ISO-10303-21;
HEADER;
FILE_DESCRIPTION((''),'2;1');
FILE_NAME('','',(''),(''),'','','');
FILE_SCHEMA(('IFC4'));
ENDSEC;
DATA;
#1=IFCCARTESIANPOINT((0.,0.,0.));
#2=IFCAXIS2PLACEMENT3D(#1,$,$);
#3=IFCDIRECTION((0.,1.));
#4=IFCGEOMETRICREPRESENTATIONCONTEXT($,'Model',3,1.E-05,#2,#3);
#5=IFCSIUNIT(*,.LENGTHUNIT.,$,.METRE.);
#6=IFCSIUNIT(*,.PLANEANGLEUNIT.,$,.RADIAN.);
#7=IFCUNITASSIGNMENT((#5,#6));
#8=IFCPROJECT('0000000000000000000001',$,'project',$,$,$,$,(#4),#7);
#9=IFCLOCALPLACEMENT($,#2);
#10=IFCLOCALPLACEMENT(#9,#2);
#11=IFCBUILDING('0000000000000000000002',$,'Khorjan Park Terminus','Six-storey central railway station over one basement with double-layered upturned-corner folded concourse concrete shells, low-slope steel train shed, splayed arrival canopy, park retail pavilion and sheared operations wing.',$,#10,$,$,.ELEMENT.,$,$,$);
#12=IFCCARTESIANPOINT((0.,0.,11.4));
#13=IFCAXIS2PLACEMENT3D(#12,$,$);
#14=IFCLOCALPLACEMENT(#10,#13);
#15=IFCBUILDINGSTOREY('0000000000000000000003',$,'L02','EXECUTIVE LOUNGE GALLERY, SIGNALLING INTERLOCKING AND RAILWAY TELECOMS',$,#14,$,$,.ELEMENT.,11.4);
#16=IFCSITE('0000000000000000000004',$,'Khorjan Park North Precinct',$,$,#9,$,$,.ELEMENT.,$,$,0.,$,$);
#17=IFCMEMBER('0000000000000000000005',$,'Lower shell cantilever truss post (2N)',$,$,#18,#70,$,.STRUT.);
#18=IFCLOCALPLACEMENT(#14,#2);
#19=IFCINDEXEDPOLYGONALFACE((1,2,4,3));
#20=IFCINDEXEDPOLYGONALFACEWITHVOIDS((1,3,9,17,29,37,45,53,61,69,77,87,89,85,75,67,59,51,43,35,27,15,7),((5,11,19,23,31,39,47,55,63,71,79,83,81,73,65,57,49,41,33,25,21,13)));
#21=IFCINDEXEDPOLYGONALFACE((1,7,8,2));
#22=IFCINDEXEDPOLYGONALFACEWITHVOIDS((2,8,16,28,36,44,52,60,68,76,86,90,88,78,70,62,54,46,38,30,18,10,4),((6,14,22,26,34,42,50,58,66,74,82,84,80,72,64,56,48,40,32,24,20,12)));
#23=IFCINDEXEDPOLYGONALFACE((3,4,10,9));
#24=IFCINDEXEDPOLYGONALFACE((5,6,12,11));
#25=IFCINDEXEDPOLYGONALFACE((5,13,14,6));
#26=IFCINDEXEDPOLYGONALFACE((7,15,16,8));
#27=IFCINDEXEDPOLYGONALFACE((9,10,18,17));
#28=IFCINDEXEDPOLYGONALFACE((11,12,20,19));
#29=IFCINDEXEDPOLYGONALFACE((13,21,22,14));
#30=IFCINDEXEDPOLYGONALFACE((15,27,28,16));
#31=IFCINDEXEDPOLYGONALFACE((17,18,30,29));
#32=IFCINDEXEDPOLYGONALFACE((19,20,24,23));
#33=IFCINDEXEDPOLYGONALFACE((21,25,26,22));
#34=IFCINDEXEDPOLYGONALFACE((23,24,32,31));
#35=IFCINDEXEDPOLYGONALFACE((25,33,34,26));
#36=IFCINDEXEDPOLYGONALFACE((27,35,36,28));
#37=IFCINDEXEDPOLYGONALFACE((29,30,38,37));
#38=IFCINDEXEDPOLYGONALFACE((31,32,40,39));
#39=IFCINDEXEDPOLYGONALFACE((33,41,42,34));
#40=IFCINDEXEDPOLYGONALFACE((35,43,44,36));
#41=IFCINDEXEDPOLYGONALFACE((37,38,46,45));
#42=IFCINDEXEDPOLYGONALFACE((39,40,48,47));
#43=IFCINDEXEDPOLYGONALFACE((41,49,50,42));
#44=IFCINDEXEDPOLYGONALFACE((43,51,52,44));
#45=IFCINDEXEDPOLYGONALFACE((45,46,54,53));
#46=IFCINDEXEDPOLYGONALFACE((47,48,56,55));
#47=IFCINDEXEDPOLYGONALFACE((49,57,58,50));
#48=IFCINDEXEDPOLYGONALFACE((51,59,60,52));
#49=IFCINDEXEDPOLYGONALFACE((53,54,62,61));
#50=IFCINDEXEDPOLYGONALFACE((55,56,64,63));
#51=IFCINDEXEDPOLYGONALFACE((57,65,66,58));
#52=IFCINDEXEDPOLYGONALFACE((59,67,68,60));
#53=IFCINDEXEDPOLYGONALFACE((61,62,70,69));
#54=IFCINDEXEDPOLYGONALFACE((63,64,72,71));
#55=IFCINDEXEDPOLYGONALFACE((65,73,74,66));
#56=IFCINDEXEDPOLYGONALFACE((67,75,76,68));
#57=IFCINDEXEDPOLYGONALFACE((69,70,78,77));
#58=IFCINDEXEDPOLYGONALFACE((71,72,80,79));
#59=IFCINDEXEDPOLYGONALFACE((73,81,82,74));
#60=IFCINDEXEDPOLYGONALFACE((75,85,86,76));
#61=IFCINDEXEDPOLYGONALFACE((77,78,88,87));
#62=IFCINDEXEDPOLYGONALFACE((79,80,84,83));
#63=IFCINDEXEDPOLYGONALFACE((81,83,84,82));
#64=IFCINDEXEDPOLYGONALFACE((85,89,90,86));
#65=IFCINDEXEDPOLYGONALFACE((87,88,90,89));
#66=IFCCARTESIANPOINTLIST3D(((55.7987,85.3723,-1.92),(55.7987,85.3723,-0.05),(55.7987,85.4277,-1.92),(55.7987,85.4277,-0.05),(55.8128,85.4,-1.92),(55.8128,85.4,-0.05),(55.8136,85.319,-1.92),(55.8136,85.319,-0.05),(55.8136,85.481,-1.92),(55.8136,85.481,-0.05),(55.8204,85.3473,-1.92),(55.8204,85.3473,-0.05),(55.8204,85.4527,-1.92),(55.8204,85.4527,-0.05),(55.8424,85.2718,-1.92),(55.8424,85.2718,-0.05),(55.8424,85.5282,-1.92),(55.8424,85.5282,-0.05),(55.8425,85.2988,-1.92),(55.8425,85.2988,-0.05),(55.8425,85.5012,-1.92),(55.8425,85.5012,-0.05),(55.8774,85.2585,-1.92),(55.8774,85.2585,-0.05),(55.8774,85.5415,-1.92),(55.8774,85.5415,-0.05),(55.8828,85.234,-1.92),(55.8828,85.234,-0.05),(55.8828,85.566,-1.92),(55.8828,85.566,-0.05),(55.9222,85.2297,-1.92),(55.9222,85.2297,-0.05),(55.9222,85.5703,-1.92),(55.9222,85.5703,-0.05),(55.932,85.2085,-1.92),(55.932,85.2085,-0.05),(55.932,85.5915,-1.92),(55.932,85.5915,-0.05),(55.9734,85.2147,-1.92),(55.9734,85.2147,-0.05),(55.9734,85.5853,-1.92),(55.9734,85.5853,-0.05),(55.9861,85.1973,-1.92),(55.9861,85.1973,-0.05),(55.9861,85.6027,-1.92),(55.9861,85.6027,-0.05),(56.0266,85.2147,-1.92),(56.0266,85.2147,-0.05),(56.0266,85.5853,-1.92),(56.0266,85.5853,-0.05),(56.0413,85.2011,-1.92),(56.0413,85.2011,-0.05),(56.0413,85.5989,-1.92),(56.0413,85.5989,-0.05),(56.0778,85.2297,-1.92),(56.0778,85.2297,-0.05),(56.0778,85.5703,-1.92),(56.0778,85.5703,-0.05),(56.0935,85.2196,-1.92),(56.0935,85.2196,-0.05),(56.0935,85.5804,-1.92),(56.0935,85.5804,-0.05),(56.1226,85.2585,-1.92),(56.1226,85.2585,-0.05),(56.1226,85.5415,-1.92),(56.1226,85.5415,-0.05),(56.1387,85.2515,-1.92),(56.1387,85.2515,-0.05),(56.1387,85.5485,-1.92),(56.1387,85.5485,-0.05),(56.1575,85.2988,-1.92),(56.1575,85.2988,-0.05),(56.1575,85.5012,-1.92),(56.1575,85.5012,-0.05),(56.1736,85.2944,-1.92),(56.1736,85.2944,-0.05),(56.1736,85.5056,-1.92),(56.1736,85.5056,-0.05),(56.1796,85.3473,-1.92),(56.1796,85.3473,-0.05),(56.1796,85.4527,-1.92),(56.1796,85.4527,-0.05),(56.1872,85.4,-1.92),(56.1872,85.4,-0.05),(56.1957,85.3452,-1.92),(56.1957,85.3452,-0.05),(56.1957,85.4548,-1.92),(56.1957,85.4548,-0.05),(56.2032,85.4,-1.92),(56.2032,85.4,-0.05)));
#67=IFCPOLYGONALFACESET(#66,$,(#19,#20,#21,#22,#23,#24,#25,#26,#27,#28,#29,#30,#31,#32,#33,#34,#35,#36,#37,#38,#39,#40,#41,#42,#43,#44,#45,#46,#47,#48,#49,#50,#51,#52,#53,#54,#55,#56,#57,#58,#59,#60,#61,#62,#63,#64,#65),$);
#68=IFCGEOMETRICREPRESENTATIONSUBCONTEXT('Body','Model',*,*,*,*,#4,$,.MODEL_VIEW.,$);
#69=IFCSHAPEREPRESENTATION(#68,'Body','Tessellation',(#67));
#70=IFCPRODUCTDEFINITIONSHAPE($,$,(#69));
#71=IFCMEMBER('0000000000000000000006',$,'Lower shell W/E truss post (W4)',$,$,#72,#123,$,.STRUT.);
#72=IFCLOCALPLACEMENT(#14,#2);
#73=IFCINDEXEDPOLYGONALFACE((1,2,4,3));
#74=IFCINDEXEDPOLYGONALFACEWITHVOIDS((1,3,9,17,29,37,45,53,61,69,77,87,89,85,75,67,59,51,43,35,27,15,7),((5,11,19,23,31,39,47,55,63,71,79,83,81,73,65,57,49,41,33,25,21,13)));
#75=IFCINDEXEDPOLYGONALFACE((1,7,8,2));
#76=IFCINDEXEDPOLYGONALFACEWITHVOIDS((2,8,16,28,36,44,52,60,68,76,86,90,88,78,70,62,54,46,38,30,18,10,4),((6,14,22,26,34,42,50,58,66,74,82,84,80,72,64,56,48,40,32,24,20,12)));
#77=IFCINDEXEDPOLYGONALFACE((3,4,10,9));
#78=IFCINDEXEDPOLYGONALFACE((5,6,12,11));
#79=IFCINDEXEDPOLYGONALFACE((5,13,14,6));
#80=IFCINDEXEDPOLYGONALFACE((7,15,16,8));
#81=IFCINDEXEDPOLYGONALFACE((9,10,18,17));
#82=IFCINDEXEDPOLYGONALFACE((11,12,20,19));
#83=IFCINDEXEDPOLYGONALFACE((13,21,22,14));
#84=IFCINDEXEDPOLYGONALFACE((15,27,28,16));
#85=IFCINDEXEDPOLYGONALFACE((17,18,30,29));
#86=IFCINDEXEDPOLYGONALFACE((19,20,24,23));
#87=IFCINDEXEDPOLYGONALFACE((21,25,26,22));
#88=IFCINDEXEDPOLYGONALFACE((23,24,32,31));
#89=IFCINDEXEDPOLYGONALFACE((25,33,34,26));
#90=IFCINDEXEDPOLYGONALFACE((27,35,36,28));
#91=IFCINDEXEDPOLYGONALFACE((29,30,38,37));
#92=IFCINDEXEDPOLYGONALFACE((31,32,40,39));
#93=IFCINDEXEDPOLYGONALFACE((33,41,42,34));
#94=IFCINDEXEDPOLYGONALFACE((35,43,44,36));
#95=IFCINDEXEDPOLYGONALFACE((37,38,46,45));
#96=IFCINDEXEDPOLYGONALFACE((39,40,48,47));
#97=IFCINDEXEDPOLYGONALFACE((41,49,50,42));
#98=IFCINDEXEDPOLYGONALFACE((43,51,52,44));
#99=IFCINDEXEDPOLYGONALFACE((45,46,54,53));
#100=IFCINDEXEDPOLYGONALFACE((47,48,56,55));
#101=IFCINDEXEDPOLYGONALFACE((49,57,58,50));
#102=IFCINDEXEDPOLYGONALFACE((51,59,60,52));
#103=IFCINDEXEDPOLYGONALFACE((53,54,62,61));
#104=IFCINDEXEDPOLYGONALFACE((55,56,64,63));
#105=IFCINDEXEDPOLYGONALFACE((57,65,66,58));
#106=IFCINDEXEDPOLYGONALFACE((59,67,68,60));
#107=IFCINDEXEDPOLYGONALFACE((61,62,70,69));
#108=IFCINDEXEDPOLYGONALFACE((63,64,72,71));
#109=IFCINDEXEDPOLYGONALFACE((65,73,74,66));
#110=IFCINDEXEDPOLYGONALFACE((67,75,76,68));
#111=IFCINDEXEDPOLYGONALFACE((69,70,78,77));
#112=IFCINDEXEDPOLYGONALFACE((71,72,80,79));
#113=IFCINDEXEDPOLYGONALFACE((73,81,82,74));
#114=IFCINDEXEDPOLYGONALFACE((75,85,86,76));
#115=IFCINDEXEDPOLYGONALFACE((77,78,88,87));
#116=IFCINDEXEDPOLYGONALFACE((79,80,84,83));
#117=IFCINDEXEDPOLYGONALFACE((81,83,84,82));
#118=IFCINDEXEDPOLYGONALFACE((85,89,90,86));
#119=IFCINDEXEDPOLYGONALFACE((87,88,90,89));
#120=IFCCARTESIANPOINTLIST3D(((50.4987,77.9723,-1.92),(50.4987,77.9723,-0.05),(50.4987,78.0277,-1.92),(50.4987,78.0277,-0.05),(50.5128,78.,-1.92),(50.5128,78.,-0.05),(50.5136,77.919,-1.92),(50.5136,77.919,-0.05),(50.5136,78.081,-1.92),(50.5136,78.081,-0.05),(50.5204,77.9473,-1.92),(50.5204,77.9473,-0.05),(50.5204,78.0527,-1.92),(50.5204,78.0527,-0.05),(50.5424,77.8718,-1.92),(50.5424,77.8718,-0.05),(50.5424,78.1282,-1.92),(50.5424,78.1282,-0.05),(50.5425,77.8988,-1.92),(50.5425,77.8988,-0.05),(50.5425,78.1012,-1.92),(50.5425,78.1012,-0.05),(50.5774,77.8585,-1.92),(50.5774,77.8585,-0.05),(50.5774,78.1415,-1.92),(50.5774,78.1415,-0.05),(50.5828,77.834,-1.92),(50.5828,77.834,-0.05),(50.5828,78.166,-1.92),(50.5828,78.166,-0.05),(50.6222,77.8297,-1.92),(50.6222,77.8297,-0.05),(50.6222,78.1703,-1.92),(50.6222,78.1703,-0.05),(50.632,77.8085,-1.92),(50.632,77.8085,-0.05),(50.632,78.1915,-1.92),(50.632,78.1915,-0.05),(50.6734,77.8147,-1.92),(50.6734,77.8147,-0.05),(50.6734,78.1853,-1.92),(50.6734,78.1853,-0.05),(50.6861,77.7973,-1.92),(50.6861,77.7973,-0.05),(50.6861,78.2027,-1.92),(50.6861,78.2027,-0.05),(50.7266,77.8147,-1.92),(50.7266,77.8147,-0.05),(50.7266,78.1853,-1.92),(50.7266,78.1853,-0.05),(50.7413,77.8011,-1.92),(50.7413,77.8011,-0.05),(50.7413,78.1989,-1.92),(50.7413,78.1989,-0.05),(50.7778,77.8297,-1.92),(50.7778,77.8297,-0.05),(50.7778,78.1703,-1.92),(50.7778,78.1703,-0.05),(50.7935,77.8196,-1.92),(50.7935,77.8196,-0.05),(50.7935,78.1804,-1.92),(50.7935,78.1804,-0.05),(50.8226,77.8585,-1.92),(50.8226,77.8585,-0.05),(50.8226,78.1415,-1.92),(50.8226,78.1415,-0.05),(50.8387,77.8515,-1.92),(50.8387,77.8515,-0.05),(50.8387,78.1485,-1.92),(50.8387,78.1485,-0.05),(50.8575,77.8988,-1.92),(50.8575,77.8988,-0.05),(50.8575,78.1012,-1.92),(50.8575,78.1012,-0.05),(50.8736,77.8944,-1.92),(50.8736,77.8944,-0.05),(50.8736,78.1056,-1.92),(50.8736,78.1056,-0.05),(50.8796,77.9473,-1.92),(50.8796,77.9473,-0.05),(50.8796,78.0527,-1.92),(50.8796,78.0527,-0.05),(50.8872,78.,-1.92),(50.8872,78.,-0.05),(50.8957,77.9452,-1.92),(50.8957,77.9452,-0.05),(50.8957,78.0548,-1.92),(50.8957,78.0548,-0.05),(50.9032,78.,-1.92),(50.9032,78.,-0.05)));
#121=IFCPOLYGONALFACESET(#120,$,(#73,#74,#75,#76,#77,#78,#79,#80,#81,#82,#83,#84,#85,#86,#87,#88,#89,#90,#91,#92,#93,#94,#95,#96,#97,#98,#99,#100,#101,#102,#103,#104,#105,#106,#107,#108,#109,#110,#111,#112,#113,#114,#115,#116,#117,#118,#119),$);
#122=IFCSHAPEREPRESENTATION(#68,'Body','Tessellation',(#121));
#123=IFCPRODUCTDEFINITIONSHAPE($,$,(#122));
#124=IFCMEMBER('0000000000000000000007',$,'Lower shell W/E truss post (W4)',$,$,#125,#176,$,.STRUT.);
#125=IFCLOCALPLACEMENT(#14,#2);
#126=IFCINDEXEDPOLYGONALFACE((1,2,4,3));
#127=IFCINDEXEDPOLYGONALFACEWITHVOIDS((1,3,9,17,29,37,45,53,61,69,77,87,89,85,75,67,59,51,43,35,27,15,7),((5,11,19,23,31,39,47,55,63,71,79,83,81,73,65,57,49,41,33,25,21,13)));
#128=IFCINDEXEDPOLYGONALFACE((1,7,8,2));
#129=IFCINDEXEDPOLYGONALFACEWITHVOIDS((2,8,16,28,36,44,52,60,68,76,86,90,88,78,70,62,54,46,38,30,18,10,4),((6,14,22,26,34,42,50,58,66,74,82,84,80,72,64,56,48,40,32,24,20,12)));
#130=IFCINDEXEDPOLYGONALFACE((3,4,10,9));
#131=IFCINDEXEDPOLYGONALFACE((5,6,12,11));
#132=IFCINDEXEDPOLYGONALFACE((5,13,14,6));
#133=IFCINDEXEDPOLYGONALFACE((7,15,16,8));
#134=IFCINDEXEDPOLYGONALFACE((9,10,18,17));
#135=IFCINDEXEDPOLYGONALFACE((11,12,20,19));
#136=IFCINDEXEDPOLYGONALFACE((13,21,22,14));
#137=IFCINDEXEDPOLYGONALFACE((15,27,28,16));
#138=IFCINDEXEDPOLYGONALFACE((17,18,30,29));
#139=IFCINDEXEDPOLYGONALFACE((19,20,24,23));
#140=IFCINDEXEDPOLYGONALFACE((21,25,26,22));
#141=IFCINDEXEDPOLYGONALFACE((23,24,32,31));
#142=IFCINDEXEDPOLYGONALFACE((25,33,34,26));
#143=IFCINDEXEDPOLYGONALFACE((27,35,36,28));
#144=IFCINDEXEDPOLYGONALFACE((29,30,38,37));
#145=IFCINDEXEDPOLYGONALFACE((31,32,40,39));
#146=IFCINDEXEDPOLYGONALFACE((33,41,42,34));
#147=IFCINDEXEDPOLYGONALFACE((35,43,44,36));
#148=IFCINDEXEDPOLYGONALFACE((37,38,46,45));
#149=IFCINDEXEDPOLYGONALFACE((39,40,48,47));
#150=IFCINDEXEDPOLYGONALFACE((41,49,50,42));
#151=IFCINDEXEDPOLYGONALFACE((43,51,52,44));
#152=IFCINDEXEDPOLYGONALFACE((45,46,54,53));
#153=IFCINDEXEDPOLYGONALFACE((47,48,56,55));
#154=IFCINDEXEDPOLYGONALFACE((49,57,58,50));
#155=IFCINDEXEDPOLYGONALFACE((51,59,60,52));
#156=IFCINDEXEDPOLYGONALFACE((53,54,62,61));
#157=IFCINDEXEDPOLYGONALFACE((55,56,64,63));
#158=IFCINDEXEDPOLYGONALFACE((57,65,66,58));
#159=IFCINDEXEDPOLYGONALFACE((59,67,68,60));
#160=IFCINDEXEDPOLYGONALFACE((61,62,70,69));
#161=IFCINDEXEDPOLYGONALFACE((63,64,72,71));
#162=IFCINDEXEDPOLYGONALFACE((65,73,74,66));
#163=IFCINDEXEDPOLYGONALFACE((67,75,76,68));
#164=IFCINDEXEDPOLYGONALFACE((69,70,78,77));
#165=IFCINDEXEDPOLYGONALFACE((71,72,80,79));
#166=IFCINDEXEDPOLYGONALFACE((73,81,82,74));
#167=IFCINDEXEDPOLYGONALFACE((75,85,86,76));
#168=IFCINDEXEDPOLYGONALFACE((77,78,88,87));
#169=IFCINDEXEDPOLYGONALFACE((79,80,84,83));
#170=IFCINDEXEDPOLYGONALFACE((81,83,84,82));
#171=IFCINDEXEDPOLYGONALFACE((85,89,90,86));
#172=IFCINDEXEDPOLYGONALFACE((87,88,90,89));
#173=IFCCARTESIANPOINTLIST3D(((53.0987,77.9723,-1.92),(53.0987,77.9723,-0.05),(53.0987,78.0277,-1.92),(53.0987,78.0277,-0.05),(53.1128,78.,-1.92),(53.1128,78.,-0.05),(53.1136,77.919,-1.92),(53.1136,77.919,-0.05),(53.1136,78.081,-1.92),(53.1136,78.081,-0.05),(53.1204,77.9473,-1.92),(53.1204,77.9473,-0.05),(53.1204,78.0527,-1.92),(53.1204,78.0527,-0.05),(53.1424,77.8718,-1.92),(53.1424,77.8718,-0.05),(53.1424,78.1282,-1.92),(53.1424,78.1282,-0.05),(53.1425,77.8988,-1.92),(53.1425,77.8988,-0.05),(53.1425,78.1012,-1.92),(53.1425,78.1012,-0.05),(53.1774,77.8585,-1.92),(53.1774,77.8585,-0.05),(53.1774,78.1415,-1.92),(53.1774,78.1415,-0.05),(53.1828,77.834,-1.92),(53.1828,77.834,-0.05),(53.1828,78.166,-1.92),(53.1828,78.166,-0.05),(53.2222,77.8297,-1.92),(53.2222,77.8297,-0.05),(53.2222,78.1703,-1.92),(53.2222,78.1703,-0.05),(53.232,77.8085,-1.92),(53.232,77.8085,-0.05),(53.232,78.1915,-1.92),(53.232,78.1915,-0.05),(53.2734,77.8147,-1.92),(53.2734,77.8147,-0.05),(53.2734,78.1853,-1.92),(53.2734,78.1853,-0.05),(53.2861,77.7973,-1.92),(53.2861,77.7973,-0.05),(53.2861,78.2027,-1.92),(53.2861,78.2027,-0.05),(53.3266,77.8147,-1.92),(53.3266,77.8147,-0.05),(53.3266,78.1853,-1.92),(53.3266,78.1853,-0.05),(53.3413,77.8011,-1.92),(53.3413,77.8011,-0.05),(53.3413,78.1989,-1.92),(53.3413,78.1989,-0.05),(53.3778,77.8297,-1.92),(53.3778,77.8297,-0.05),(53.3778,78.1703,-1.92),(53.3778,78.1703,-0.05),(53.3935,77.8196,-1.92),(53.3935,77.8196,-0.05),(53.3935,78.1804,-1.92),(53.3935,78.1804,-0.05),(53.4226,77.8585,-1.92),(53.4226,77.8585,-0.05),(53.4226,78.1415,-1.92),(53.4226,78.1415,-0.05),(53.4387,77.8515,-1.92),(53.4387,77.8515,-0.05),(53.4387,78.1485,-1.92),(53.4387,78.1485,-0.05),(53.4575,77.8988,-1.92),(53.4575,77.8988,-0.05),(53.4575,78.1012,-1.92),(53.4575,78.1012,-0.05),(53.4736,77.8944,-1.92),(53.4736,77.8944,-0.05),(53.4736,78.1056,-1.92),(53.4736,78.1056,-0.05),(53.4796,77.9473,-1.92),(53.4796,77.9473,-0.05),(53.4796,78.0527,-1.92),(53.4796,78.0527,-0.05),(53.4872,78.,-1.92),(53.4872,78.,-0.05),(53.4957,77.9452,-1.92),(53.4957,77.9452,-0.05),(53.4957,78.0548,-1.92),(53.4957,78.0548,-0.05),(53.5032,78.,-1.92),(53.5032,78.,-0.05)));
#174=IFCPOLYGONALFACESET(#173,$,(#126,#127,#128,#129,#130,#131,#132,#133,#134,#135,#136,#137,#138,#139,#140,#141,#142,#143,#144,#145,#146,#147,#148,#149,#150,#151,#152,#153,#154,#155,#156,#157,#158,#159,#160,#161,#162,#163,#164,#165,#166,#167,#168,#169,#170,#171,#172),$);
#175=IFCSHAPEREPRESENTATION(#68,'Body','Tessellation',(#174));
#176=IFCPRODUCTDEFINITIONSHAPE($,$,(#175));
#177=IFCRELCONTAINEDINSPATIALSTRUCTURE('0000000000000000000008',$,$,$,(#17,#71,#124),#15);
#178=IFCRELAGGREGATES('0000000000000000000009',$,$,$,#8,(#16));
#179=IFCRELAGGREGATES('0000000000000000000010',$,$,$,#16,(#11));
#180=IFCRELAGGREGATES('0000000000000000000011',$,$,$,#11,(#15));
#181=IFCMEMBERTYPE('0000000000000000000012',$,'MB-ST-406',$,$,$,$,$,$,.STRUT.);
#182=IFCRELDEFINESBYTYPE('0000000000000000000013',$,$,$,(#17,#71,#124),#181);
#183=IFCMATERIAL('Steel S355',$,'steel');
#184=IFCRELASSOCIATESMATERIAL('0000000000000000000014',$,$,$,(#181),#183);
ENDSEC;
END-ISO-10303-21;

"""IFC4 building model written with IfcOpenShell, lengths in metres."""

from ifc_helpers import new_model, si_unit, direction, frame, origin, origin_2d, place, context, subcontext, project, spatial, hollow_circle, extrude, material, material_profile, profile_set, type_object, element, save


model = new_model("IFC4")

# Units and contexts
model_context = context("Model", 3, precision=1e-05, world=origin(), true_north=direction((0.0, 1.0)))
body_context = subcontext(model_context, "Body", "Model", "MODEL_VIEW")
ifc_project = project(units=[si_unit("LENGTHUNIT", "METRE"), si_unit("PLANEANGLEUNIT", "RADIAN")], contexts=[model_context])

# Site, building, storey
site_placement = place(None, origin())
site = spatial("IfcSite", under=ifc_project, at=site_placement, Name="Khorjan Park North Precinct", CompositionType="ELEMENT", RefElevation=0.0)
building_placement = place(site_placement, origin())
building = spatial("IfcBuilding", under=site, at=building_placement, Name="Khorjan Park Terminus", Description="Six-storey central railway station over one basement with double-layered upturned-corner folded concourse concrete shells, low-slope steel train shed, splayed arrival canopy, park retail pavilion and sheared operations wing.", CompositionType="ELEMENT")
storey_placement = place(building_placement, frame((0.0, 0.0, 11.4)))
storey = spatial("IfcBuildingStorey", under=building, at=storey_placement, Name="L02", Description="EXECUTIVE LOUNGE GALLERY, SIGNALLING INTERLOCKING AND RAILWAY TELECOMS", CompositionType="ELEMENT", Elevation=11.4)

# Members
ifc_material_1 = material(Name="Steel S355", Category="steel")
ifc_material_profile_1 = material_profile(ifc_material_1, hollow_circle(Radius=0.2032, WallThickness=0.016, at=origin_2d()), Name="CHS 406.4x16")
ifc_profile_set_1 = profile_set([ifc_material_profile_1], Name="Steel S355")
member_type_1 = type_object("IfcMemberType", Name="MB-ST-406", PredefinedType="STRUT", material=ifc_profile_set_1)
for number, where, z_axis, x_axis, name in (
    (1, (56.0, 85.4, -1.92), (0.0, 0.0, 1.0), (1.0, 0.0, 0.0), "Lower shell cantilever truss post (2N)"),
    (2, (50.7, 78.0, -1.92), (0.0, 0.0, 1.0), (1.0, 0.0, 0.0), "Lower shell W/E truss post (W4)"),
    (3, (53.3, 78.0, -1.92), (0.0, 0.0, 1.0), (1.0, 0.0, 0.0), "Lower shell W/E truss post (W4)"),
):
    element("IfcMember", number, at=place(storey_placement, frame(where, z_axis=z_axis, x_axis=x_axis)), inside=storey, type_object=member_type_1, Name=name, PredefinedType="STRUT", context=body_context, shape_type="SweptSolid", body=[
        extrude(hollow_circle(Radius=0.2032, WallThickness=0.016, at=origin_2d()), origin(), (0.0, 0.0, 1.0), 1.87),
    ])

save(model, "model.ifc")
